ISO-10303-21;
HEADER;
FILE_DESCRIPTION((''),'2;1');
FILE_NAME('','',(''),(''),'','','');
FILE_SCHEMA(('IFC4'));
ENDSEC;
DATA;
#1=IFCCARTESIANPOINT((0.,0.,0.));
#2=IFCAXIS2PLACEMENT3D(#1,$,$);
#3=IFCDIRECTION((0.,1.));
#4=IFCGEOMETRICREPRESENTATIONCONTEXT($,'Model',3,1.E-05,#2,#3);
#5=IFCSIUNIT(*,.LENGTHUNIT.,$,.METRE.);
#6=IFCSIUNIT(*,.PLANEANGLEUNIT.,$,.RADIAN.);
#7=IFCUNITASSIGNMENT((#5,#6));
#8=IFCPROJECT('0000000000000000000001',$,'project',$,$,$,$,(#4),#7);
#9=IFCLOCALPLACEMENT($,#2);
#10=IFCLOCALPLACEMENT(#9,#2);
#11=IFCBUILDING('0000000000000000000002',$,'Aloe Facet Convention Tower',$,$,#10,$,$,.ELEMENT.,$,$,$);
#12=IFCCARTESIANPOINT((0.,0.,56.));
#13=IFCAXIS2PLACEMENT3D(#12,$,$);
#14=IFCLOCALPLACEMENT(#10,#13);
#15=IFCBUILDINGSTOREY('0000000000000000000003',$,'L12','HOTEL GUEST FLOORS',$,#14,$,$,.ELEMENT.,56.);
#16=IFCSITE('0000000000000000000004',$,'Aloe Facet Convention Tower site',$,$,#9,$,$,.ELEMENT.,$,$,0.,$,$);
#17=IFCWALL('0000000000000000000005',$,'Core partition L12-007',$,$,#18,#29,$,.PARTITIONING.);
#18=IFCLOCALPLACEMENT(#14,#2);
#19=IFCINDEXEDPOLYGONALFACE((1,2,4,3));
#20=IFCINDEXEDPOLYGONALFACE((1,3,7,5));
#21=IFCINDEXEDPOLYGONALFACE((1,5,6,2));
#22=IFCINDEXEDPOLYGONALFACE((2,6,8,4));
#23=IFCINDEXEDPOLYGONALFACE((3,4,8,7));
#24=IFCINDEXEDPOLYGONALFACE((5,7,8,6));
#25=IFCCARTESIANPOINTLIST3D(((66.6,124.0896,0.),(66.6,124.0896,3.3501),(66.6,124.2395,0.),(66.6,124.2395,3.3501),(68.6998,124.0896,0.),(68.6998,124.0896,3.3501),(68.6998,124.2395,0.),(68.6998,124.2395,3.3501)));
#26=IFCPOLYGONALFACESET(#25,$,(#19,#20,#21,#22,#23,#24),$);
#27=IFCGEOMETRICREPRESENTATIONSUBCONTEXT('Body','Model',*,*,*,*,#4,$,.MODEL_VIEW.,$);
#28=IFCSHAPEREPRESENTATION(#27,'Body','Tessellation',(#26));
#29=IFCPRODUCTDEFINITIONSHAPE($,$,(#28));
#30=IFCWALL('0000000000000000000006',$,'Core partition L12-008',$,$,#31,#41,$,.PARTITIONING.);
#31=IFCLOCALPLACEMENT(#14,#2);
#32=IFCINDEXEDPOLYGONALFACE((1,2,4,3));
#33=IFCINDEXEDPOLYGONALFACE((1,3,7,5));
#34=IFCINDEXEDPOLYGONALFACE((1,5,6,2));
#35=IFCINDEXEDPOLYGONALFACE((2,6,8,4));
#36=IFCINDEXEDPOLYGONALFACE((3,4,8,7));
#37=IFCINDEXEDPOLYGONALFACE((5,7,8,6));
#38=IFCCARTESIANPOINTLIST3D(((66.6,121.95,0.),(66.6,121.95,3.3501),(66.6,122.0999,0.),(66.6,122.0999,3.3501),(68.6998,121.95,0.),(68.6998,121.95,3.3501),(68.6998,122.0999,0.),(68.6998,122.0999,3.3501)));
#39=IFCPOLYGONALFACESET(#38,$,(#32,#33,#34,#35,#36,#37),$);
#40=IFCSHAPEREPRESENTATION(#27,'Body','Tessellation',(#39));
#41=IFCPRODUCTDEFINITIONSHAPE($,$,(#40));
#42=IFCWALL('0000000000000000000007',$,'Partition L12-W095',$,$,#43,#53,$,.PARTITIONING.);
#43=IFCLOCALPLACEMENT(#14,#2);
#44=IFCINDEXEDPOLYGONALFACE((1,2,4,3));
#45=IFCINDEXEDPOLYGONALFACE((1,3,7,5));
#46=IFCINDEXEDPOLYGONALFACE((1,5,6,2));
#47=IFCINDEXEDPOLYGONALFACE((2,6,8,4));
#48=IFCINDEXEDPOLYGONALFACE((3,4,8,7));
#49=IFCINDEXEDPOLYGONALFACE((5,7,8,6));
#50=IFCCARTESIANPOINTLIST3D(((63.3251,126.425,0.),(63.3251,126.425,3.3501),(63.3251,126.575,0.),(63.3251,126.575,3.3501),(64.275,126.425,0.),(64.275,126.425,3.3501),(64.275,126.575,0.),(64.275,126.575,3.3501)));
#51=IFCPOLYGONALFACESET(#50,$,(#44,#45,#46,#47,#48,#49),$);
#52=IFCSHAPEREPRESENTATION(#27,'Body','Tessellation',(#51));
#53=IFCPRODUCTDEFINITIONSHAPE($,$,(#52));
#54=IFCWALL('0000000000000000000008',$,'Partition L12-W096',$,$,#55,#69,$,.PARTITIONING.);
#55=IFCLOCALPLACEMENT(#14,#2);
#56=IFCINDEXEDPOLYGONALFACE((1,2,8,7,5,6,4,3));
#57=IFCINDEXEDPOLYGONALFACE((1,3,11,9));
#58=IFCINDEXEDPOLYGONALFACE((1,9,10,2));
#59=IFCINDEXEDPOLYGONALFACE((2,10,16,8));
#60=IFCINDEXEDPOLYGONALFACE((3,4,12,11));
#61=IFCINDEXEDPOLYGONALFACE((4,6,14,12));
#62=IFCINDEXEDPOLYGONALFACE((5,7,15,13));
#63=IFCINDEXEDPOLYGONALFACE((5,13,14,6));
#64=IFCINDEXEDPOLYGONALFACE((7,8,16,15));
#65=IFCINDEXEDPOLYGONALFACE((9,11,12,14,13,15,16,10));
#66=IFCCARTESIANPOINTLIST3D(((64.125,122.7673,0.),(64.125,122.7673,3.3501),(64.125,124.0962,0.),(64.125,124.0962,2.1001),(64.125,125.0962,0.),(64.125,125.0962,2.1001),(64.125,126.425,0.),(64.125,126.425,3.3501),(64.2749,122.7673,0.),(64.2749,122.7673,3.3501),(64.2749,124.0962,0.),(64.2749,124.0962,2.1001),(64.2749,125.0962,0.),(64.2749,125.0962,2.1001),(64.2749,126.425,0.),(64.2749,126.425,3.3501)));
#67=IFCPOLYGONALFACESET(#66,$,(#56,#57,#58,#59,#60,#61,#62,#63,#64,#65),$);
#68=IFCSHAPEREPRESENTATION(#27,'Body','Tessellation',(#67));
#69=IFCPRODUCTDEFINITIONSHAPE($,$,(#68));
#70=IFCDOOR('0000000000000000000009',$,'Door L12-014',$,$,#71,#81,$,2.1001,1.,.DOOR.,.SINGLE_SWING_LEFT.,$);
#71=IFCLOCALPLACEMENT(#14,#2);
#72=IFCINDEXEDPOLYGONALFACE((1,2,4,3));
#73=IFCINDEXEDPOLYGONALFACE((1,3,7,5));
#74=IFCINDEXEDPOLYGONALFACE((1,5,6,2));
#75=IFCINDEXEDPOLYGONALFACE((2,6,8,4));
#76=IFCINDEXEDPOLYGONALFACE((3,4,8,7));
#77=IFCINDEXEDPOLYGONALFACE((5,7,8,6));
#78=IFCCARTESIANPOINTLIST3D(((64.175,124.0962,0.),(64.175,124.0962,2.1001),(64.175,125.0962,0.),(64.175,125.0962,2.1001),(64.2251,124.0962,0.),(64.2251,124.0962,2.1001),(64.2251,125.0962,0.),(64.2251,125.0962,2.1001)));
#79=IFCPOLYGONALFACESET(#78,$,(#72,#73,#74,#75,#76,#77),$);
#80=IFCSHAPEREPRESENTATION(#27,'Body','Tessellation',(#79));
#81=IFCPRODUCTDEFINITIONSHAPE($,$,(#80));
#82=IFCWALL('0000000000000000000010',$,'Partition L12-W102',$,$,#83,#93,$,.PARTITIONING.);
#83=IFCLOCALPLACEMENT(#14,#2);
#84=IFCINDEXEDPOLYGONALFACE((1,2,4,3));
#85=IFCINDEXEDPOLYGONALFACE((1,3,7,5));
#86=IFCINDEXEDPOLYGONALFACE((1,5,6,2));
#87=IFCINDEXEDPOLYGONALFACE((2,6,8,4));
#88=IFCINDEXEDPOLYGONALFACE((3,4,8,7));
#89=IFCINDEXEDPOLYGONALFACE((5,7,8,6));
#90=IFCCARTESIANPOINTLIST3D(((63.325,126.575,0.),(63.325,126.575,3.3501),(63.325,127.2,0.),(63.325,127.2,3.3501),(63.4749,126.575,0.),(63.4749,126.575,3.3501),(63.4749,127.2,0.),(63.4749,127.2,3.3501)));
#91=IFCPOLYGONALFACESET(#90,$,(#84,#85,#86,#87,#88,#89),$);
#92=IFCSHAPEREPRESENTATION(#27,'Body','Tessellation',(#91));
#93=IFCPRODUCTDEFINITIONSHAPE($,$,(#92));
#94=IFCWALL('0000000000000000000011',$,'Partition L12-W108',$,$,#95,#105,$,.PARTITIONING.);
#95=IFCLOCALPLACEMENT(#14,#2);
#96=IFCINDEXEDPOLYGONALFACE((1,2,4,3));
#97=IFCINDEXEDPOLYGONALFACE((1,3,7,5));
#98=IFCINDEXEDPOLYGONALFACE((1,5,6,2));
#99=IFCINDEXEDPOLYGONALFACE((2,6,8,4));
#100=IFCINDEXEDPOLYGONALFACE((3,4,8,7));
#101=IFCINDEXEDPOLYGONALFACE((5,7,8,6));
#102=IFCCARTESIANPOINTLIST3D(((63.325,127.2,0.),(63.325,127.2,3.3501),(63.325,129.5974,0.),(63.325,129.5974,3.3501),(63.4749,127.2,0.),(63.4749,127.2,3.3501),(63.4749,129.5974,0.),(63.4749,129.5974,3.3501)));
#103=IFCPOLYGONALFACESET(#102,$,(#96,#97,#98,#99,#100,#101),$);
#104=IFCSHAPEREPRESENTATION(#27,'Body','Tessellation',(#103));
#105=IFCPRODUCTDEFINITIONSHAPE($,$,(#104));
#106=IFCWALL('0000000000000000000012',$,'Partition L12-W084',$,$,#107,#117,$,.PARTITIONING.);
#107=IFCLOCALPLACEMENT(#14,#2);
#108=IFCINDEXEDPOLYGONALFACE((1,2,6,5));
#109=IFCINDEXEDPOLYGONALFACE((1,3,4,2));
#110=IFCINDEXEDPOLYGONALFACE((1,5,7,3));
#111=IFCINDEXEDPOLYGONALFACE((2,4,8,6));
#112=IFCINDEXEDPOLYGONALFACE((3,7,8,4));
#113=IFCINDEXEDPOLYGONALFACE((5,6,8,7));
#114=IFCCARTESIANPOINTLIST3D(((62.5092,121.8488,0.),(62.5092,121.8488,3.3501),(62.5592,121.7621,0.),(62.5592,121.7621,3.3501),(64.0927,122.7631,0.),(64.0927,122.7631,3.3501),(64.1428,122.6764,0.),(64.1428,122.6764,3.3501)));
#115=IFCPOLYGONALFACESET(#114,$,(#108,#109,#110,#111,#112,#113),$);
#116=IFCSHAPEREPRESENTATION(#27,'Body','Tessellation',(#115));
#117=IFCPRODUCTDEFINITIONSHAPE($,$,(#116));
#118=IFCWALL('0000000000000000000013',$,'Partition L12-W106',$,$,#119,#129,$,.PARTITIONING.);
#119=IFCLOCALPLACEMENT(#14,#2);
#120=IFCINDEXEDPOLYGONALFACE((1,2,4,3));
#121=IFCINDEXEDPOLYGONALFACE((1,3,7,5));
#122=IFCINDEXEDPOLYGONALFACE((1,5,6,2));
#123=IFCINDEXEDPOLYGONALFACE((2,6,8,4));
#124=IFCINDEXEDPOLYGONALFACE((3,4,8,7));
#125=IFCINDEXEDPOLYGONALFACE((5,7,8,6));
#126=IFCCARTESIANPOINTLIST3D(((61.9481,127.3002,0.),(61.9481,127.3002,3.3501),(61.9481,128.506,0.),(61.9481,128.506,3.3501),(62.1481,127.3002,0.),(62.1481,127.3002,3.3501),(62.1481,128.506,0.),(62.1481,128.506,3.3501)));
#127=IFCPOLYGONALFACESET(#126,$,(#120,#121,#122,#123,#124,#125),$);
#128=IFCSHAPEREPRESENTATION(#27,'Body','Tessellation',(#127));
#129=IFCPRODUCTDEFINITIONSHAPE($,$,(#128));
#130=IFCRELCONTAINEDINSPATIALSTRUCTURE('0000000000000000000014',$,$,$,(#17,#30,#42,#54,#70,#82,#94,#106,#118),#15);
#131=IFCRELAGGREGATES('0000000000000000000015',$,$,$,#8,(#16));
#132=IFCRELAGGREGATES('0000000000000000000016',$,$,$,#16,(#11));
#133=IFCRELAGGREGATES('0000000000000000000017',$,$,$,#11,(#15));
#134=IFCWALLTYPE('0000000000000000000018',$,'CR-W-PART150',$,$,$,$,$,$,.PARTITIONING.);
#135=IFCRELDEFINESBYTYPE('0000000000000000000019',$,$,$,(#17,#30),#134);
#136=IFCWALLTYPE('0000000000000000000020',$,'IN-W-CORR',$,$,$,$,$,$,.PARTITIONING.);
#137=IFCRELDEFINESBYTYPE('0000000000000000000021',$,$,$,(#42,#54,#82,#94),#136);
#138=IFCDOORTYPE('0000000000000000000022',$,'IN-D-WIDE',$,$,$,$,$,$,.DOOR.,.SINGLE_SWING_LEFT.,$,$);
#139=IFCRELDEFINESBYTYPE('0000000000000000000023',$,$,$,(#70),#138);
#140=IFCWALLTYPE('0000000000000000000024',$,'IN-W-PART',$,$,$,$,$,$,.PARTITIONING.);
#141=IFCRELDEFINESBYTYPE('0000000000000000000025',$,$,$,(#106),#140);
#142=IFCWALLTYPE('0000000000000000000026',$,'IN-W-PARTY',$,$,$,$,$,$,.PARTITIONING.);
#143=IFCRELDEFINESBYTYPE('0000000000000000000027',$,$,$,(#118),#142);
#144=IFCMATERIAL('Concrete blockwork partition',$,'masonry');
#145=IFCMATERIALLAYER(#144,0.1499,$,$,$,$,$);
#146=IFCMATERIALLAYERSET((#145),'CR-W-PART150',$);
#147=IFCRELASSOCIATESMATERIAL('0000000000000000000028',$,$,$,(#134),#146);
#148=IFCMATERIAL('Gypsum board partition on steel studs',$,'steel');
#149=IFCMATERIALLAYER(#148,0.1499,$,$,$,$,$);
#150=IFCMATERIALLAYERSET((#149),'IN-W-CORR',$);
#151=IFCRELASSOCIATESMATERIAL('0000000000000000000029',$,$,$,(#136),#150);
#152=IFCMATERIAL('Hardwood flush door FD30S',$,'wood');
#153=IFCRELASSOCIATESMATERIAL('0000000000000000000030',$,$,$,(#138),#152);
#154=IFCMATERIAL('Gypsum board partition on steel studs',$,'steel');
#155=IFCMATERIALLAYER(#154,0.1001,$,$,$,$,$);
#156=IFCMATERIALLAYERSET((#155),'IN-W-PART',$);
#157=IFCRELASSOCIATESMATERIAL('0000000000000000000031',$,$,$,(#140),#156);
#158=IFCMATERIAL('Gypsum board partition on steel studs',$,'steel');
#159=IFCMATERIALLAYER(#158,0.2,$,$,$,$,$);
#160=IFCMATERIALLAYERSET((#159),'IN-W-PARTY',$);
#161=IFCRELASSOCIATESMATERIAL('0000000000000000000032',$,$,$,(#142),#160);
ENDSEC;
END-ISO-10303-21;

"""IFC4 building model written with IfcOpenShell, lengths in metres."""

from ifc_helpers import new_model, si_unit, direction, frame, frame_2d, origin, place, context, subcontext, project, spatial, rectangle, extrude, material, layer, layer_set, type_object, element, fill, save


model = new_model("IFC4")

# Units and contexts
model_context = context("Model", 3, precision=1e-05, world=origin(), true_north=direction((0.0, 1.0)))
body_context = subcontext(model_context, "Body", "Model", "MODEL_VIEW")
ifc_project = project(units=[si_unit("LENGTHUNIT", "METRE"), si_unit("PLANEANGLEUNIT", "RADIAN")], contexts=[model_context])

# Site, building, storey
site_placement = place(None, origin())
site = spatial("IfcSite", under=ifc_project, at=site_placement, Name="Aloe Facet Convention Tower site", CompositionType="ELEMENT", RefElevation=0.0)
building_placement = place(site_placement, origin())
building = spatial("IfcBuilding", under=site, at=building_placement, Name="Aloe Facet Convention Tower", CompositionType="ELEMENT")
storey_placement = place(building_placement, frame((0.0, 0.0, 56.0)))
storey = spatial("IfcBuildingStorey", under=building, at=storey_placement, Name="L12", Description="HOTEL GUEST FLOORS", CompositionType="ELEMENT", Elevation=56.0)

# Walls
ifc_material_1 = material(Name="Concrete blockwork partition", Category="masonry")
ifc_layer_1 = layer(ifc_material_1, 0.1499)
ifc_layer_set_1 = layer_set([ifc_layer_1], Name="CR-W-PART150")
wall_type_1 = type_object("IfcWallType", Name="CR-W-PART150", PredefinedType="PARTITIONING", material=ifc_layer_set_1)
for number, where, z_axis, x_axis, name in (
    (1, (66.6001, 124.1646, 0.0), (0.0, 0.0, 1.0), (1.0, 0.0, 0.0), "Core partition L12-007"),
    (2, (66.6001, 122.0249, 0.0), (0.0, 0.0, 1.0), (1.0, 0.0, 0.0), "Core partition L12-008"),
):
    element("IfcWall", number, at=place(storey_placement, frame(where, z_axis=z_axis, x_axis=x_axis)), inside=storey, type_object=wall_type_1, Name=name, PredefinedType="PARTITIONING", context=body_context, shape_type="SweptSolid", body=[
        extrude(rectangle(XDim=2.0999, YDim=0.1499, at=frame_2d((1.0498, 0.0))), origin(), (0.0, 0.0, 1.0), 3.3501),
    ])

# Wall
ifc_material_2 = material(Name="Gypsum board partition on steel studs", Category="steel")
ifc_layer_2 = layer(ifc_material_2, 0.1499)
ifc_layer_set_2 = layer_set([ifc_layer_2], Name="IN-W-CORR")
wall_type_2 = type_object("IfcWallType", Name="IN-W-CORR", PredefinedType="PARTITIONING", material=ifc_layer_set_2)
wall_1_placement = place(storey_placement, frame((63.325, 126.5, 0.0), z_axis=(0.0, 0.0, 1.0), x_axis=(1.0, 0.0, 0.0)))
element("IfcWall", 3, at=wall_1_placement, inside=storey, type_object=wall_type_2, Name="Partition L12-W095", PredefinedType="PARTITIONING", context=body_context, shape_type="SweptSolid", body=[
    extrude(rectangle(XDim=0.95, YDim=0.1499, at=frame_2d((0.4751, 0.0))), origin(), (0.0, 0.0, 1.0), 3.3501),
])

# Wall, opening, door
wall_2_placement = place(storey_placement, frame((64.2, 122.7673, 0.0), z_axis=(0.0, 0.0, 1.0), x_axis=(0.0, 1.0, 0.0)))
wall_2 = element("IfcWall", 4, at=wall_2_placement, inside=storey, type_object=wall_type_2, Name="Partition L12-W096", PredefinedType="PARTITIONING", context=body_context, shape_type="SweptSolid", body=[
    extrude(rectangle(XDim=3.6577, YDim=0.1499, at=frame_2d((1.8289, 0.0))), origin(), (0.0, 0.0, 1.0), 3.3501),
])
opening_1_placement = place(wall_2_placement, frame((1.3289, 0.0, 0.0)))
opening_1 = element("IfcOpeningElement", 5, at=opening_1_placement, cuts=wall_2, PredefinedType="OPENING", context=body_context, shape_type="SweptSolid", body=[
    extrude(rectangle(XDim=1.0, YDim=2.1001, at=frame_2d((0.5, 1.05))), frame((0.0, 0.085, 0.0), z_axis=(0.0, -1.0, 0.0), x_axis=(1.0, 0.0, 0.0)), (0.0, 0.0, 1.0), 0.1699),
])
ifc_material_3 = material(Name="Hardwood flush door FD30S", Category="wood")
door_type_1 = type_object("IfcDoorType", Name="IN-D-WIDE", OperationType="SINGLE_SWING_LEFT", PredefinedType="DOOR", material=ifc_material_3)
door_1_placement = place(opening_1_placement, origin())
door_1 = element("IfcDoor", 6, at=door_1_placement, inside=storey, type_object=door_type_1, Name="Door L12-014", OperationType="SINGLE_SWING_LEFT", OverallHeight=2.1001, OverallWidth=1.0, PredefinedType="DOOR", context=body_context, shape_type="SweptSolid", body=[
    extrude(rectangle(XDim=1.0, YDim=2.1001, at=frame_2d((0.5, 1.05))), frame((0.0, 0.0249, 0.0), z_axis=(0.0, -1.0, 0.0), x_axis=(1.0, 0.0, 0.0)), (0.0, 0.0, 1.0), 0.05),
])
fill(opening_1, door_1)

# Walls
wall_3_placement = place(storey_placement, frame((63.3999, 126.575, 0.0), z_axis=(0.0, 0.0, 1.0), x_axis=(0.0, 1.0, 0.0)))
element("IfcWall", 7, at=wall_3_placement, inside=storey, type_object=wall_type_2, Name="Partition L12-W102", PredefinedType="PARTITIONING", context=body_context, shape_type="SweptSolid", body=[
    extrude(rectangle(XDim=0.625, YDim=0.1499, at=frame_2d((0.3125, 0.0))), origin(), (0.0, 0.0, 1.0), 3.3501),
])
wall_4_placement = place(storey_placement, frame((63.3999, 127.2, 0.0), z_axis=(0.0, 0.0, 1.0), x_axis=(0.0, 1.0, 0.0)))
element("IfcWall", 8, at=wall_4_placement, inside=storey, type_object=wall_type_2, Name="Partition L12-W108", PredefinedType="PARTITIONING", context=body_context, shape_type="SweptSolid", body=[
    extrude(rectangle(XDim=2.3975, YDim=0.1499, at=frame_2d((1.1987, 0.0))), origin(), (0.0, 0.0, 1.0), 3.3501),
])
ifc_material_4 = material(Name="Gypsum board partition on steel studs", Category="steel")
ifc_layer_3 = layer(ifc_material_4, 0.1001)
ifc_layer_set_3 = layer_set([ifc_layer_3], Name="IN-W-PART")
wall_type_3 = type_object("IfcWallType", Name="IN-W-PART", PredefinedType="PARTITIONING", material=ifc_layer_set_3)
wall_5_placement = place(storey_placement, frame((62.5342, 121.8054, 0.0), z_axis=(0.0, 0.0, 1.0), x_axis=(0.866008, 0.500031, 0.0)))
element("IfcWall", 9, at=wall_5_placement, inside=storey, type_object=wall_type_3, Name="Partition L12-W084", PredefinedType="PARTITIONING", context=body_context, shape_type="SweptSolid", body=[
    extrude(rectangle(XDim=1.8286, YDim=0.1001, at=frame_2d((0.9143, 0.0))), origin(), (0.0, 0.0, 1.0), 3.3501),
])
ifc_material_5 = material(Name="Gypsum board partition on steel studs", Category="steel")
ifc_layer_4 = layer(ifc_material_5, 0.2)
ifc_layer_set_4 = layer_set([ifc_layer_4], Name="IN-W-PARTY")
wall_type_4 = type_object("IfcWallType", Name="IN-W-PARTY", PredefinedType="PARTITIONING", material=ifc_layer_set_4)
wall_6_placement = place(storey_placement, frame((62.0481, 127.3, 0.0), z_axis=(0.0, 0.0, 1.0), x_axis=(0.0, 1.0, 0.0)))
element("IfcWall", 10, at=wall_6_placement, inside=storey, type_object=wall_type_4, Name="Partition L12-W106", PredefinedType="PARTITIONING", context=body_context, shape_type="SweptSolid", body=[
    extrude(rectangle(XDim=1.2058, YDim=0.2, at=frame_2d((0.603, 0.0))), origin(), (0.0, 0.0, 1.0), 3.3501),
])

save(model, "model.ifc")
